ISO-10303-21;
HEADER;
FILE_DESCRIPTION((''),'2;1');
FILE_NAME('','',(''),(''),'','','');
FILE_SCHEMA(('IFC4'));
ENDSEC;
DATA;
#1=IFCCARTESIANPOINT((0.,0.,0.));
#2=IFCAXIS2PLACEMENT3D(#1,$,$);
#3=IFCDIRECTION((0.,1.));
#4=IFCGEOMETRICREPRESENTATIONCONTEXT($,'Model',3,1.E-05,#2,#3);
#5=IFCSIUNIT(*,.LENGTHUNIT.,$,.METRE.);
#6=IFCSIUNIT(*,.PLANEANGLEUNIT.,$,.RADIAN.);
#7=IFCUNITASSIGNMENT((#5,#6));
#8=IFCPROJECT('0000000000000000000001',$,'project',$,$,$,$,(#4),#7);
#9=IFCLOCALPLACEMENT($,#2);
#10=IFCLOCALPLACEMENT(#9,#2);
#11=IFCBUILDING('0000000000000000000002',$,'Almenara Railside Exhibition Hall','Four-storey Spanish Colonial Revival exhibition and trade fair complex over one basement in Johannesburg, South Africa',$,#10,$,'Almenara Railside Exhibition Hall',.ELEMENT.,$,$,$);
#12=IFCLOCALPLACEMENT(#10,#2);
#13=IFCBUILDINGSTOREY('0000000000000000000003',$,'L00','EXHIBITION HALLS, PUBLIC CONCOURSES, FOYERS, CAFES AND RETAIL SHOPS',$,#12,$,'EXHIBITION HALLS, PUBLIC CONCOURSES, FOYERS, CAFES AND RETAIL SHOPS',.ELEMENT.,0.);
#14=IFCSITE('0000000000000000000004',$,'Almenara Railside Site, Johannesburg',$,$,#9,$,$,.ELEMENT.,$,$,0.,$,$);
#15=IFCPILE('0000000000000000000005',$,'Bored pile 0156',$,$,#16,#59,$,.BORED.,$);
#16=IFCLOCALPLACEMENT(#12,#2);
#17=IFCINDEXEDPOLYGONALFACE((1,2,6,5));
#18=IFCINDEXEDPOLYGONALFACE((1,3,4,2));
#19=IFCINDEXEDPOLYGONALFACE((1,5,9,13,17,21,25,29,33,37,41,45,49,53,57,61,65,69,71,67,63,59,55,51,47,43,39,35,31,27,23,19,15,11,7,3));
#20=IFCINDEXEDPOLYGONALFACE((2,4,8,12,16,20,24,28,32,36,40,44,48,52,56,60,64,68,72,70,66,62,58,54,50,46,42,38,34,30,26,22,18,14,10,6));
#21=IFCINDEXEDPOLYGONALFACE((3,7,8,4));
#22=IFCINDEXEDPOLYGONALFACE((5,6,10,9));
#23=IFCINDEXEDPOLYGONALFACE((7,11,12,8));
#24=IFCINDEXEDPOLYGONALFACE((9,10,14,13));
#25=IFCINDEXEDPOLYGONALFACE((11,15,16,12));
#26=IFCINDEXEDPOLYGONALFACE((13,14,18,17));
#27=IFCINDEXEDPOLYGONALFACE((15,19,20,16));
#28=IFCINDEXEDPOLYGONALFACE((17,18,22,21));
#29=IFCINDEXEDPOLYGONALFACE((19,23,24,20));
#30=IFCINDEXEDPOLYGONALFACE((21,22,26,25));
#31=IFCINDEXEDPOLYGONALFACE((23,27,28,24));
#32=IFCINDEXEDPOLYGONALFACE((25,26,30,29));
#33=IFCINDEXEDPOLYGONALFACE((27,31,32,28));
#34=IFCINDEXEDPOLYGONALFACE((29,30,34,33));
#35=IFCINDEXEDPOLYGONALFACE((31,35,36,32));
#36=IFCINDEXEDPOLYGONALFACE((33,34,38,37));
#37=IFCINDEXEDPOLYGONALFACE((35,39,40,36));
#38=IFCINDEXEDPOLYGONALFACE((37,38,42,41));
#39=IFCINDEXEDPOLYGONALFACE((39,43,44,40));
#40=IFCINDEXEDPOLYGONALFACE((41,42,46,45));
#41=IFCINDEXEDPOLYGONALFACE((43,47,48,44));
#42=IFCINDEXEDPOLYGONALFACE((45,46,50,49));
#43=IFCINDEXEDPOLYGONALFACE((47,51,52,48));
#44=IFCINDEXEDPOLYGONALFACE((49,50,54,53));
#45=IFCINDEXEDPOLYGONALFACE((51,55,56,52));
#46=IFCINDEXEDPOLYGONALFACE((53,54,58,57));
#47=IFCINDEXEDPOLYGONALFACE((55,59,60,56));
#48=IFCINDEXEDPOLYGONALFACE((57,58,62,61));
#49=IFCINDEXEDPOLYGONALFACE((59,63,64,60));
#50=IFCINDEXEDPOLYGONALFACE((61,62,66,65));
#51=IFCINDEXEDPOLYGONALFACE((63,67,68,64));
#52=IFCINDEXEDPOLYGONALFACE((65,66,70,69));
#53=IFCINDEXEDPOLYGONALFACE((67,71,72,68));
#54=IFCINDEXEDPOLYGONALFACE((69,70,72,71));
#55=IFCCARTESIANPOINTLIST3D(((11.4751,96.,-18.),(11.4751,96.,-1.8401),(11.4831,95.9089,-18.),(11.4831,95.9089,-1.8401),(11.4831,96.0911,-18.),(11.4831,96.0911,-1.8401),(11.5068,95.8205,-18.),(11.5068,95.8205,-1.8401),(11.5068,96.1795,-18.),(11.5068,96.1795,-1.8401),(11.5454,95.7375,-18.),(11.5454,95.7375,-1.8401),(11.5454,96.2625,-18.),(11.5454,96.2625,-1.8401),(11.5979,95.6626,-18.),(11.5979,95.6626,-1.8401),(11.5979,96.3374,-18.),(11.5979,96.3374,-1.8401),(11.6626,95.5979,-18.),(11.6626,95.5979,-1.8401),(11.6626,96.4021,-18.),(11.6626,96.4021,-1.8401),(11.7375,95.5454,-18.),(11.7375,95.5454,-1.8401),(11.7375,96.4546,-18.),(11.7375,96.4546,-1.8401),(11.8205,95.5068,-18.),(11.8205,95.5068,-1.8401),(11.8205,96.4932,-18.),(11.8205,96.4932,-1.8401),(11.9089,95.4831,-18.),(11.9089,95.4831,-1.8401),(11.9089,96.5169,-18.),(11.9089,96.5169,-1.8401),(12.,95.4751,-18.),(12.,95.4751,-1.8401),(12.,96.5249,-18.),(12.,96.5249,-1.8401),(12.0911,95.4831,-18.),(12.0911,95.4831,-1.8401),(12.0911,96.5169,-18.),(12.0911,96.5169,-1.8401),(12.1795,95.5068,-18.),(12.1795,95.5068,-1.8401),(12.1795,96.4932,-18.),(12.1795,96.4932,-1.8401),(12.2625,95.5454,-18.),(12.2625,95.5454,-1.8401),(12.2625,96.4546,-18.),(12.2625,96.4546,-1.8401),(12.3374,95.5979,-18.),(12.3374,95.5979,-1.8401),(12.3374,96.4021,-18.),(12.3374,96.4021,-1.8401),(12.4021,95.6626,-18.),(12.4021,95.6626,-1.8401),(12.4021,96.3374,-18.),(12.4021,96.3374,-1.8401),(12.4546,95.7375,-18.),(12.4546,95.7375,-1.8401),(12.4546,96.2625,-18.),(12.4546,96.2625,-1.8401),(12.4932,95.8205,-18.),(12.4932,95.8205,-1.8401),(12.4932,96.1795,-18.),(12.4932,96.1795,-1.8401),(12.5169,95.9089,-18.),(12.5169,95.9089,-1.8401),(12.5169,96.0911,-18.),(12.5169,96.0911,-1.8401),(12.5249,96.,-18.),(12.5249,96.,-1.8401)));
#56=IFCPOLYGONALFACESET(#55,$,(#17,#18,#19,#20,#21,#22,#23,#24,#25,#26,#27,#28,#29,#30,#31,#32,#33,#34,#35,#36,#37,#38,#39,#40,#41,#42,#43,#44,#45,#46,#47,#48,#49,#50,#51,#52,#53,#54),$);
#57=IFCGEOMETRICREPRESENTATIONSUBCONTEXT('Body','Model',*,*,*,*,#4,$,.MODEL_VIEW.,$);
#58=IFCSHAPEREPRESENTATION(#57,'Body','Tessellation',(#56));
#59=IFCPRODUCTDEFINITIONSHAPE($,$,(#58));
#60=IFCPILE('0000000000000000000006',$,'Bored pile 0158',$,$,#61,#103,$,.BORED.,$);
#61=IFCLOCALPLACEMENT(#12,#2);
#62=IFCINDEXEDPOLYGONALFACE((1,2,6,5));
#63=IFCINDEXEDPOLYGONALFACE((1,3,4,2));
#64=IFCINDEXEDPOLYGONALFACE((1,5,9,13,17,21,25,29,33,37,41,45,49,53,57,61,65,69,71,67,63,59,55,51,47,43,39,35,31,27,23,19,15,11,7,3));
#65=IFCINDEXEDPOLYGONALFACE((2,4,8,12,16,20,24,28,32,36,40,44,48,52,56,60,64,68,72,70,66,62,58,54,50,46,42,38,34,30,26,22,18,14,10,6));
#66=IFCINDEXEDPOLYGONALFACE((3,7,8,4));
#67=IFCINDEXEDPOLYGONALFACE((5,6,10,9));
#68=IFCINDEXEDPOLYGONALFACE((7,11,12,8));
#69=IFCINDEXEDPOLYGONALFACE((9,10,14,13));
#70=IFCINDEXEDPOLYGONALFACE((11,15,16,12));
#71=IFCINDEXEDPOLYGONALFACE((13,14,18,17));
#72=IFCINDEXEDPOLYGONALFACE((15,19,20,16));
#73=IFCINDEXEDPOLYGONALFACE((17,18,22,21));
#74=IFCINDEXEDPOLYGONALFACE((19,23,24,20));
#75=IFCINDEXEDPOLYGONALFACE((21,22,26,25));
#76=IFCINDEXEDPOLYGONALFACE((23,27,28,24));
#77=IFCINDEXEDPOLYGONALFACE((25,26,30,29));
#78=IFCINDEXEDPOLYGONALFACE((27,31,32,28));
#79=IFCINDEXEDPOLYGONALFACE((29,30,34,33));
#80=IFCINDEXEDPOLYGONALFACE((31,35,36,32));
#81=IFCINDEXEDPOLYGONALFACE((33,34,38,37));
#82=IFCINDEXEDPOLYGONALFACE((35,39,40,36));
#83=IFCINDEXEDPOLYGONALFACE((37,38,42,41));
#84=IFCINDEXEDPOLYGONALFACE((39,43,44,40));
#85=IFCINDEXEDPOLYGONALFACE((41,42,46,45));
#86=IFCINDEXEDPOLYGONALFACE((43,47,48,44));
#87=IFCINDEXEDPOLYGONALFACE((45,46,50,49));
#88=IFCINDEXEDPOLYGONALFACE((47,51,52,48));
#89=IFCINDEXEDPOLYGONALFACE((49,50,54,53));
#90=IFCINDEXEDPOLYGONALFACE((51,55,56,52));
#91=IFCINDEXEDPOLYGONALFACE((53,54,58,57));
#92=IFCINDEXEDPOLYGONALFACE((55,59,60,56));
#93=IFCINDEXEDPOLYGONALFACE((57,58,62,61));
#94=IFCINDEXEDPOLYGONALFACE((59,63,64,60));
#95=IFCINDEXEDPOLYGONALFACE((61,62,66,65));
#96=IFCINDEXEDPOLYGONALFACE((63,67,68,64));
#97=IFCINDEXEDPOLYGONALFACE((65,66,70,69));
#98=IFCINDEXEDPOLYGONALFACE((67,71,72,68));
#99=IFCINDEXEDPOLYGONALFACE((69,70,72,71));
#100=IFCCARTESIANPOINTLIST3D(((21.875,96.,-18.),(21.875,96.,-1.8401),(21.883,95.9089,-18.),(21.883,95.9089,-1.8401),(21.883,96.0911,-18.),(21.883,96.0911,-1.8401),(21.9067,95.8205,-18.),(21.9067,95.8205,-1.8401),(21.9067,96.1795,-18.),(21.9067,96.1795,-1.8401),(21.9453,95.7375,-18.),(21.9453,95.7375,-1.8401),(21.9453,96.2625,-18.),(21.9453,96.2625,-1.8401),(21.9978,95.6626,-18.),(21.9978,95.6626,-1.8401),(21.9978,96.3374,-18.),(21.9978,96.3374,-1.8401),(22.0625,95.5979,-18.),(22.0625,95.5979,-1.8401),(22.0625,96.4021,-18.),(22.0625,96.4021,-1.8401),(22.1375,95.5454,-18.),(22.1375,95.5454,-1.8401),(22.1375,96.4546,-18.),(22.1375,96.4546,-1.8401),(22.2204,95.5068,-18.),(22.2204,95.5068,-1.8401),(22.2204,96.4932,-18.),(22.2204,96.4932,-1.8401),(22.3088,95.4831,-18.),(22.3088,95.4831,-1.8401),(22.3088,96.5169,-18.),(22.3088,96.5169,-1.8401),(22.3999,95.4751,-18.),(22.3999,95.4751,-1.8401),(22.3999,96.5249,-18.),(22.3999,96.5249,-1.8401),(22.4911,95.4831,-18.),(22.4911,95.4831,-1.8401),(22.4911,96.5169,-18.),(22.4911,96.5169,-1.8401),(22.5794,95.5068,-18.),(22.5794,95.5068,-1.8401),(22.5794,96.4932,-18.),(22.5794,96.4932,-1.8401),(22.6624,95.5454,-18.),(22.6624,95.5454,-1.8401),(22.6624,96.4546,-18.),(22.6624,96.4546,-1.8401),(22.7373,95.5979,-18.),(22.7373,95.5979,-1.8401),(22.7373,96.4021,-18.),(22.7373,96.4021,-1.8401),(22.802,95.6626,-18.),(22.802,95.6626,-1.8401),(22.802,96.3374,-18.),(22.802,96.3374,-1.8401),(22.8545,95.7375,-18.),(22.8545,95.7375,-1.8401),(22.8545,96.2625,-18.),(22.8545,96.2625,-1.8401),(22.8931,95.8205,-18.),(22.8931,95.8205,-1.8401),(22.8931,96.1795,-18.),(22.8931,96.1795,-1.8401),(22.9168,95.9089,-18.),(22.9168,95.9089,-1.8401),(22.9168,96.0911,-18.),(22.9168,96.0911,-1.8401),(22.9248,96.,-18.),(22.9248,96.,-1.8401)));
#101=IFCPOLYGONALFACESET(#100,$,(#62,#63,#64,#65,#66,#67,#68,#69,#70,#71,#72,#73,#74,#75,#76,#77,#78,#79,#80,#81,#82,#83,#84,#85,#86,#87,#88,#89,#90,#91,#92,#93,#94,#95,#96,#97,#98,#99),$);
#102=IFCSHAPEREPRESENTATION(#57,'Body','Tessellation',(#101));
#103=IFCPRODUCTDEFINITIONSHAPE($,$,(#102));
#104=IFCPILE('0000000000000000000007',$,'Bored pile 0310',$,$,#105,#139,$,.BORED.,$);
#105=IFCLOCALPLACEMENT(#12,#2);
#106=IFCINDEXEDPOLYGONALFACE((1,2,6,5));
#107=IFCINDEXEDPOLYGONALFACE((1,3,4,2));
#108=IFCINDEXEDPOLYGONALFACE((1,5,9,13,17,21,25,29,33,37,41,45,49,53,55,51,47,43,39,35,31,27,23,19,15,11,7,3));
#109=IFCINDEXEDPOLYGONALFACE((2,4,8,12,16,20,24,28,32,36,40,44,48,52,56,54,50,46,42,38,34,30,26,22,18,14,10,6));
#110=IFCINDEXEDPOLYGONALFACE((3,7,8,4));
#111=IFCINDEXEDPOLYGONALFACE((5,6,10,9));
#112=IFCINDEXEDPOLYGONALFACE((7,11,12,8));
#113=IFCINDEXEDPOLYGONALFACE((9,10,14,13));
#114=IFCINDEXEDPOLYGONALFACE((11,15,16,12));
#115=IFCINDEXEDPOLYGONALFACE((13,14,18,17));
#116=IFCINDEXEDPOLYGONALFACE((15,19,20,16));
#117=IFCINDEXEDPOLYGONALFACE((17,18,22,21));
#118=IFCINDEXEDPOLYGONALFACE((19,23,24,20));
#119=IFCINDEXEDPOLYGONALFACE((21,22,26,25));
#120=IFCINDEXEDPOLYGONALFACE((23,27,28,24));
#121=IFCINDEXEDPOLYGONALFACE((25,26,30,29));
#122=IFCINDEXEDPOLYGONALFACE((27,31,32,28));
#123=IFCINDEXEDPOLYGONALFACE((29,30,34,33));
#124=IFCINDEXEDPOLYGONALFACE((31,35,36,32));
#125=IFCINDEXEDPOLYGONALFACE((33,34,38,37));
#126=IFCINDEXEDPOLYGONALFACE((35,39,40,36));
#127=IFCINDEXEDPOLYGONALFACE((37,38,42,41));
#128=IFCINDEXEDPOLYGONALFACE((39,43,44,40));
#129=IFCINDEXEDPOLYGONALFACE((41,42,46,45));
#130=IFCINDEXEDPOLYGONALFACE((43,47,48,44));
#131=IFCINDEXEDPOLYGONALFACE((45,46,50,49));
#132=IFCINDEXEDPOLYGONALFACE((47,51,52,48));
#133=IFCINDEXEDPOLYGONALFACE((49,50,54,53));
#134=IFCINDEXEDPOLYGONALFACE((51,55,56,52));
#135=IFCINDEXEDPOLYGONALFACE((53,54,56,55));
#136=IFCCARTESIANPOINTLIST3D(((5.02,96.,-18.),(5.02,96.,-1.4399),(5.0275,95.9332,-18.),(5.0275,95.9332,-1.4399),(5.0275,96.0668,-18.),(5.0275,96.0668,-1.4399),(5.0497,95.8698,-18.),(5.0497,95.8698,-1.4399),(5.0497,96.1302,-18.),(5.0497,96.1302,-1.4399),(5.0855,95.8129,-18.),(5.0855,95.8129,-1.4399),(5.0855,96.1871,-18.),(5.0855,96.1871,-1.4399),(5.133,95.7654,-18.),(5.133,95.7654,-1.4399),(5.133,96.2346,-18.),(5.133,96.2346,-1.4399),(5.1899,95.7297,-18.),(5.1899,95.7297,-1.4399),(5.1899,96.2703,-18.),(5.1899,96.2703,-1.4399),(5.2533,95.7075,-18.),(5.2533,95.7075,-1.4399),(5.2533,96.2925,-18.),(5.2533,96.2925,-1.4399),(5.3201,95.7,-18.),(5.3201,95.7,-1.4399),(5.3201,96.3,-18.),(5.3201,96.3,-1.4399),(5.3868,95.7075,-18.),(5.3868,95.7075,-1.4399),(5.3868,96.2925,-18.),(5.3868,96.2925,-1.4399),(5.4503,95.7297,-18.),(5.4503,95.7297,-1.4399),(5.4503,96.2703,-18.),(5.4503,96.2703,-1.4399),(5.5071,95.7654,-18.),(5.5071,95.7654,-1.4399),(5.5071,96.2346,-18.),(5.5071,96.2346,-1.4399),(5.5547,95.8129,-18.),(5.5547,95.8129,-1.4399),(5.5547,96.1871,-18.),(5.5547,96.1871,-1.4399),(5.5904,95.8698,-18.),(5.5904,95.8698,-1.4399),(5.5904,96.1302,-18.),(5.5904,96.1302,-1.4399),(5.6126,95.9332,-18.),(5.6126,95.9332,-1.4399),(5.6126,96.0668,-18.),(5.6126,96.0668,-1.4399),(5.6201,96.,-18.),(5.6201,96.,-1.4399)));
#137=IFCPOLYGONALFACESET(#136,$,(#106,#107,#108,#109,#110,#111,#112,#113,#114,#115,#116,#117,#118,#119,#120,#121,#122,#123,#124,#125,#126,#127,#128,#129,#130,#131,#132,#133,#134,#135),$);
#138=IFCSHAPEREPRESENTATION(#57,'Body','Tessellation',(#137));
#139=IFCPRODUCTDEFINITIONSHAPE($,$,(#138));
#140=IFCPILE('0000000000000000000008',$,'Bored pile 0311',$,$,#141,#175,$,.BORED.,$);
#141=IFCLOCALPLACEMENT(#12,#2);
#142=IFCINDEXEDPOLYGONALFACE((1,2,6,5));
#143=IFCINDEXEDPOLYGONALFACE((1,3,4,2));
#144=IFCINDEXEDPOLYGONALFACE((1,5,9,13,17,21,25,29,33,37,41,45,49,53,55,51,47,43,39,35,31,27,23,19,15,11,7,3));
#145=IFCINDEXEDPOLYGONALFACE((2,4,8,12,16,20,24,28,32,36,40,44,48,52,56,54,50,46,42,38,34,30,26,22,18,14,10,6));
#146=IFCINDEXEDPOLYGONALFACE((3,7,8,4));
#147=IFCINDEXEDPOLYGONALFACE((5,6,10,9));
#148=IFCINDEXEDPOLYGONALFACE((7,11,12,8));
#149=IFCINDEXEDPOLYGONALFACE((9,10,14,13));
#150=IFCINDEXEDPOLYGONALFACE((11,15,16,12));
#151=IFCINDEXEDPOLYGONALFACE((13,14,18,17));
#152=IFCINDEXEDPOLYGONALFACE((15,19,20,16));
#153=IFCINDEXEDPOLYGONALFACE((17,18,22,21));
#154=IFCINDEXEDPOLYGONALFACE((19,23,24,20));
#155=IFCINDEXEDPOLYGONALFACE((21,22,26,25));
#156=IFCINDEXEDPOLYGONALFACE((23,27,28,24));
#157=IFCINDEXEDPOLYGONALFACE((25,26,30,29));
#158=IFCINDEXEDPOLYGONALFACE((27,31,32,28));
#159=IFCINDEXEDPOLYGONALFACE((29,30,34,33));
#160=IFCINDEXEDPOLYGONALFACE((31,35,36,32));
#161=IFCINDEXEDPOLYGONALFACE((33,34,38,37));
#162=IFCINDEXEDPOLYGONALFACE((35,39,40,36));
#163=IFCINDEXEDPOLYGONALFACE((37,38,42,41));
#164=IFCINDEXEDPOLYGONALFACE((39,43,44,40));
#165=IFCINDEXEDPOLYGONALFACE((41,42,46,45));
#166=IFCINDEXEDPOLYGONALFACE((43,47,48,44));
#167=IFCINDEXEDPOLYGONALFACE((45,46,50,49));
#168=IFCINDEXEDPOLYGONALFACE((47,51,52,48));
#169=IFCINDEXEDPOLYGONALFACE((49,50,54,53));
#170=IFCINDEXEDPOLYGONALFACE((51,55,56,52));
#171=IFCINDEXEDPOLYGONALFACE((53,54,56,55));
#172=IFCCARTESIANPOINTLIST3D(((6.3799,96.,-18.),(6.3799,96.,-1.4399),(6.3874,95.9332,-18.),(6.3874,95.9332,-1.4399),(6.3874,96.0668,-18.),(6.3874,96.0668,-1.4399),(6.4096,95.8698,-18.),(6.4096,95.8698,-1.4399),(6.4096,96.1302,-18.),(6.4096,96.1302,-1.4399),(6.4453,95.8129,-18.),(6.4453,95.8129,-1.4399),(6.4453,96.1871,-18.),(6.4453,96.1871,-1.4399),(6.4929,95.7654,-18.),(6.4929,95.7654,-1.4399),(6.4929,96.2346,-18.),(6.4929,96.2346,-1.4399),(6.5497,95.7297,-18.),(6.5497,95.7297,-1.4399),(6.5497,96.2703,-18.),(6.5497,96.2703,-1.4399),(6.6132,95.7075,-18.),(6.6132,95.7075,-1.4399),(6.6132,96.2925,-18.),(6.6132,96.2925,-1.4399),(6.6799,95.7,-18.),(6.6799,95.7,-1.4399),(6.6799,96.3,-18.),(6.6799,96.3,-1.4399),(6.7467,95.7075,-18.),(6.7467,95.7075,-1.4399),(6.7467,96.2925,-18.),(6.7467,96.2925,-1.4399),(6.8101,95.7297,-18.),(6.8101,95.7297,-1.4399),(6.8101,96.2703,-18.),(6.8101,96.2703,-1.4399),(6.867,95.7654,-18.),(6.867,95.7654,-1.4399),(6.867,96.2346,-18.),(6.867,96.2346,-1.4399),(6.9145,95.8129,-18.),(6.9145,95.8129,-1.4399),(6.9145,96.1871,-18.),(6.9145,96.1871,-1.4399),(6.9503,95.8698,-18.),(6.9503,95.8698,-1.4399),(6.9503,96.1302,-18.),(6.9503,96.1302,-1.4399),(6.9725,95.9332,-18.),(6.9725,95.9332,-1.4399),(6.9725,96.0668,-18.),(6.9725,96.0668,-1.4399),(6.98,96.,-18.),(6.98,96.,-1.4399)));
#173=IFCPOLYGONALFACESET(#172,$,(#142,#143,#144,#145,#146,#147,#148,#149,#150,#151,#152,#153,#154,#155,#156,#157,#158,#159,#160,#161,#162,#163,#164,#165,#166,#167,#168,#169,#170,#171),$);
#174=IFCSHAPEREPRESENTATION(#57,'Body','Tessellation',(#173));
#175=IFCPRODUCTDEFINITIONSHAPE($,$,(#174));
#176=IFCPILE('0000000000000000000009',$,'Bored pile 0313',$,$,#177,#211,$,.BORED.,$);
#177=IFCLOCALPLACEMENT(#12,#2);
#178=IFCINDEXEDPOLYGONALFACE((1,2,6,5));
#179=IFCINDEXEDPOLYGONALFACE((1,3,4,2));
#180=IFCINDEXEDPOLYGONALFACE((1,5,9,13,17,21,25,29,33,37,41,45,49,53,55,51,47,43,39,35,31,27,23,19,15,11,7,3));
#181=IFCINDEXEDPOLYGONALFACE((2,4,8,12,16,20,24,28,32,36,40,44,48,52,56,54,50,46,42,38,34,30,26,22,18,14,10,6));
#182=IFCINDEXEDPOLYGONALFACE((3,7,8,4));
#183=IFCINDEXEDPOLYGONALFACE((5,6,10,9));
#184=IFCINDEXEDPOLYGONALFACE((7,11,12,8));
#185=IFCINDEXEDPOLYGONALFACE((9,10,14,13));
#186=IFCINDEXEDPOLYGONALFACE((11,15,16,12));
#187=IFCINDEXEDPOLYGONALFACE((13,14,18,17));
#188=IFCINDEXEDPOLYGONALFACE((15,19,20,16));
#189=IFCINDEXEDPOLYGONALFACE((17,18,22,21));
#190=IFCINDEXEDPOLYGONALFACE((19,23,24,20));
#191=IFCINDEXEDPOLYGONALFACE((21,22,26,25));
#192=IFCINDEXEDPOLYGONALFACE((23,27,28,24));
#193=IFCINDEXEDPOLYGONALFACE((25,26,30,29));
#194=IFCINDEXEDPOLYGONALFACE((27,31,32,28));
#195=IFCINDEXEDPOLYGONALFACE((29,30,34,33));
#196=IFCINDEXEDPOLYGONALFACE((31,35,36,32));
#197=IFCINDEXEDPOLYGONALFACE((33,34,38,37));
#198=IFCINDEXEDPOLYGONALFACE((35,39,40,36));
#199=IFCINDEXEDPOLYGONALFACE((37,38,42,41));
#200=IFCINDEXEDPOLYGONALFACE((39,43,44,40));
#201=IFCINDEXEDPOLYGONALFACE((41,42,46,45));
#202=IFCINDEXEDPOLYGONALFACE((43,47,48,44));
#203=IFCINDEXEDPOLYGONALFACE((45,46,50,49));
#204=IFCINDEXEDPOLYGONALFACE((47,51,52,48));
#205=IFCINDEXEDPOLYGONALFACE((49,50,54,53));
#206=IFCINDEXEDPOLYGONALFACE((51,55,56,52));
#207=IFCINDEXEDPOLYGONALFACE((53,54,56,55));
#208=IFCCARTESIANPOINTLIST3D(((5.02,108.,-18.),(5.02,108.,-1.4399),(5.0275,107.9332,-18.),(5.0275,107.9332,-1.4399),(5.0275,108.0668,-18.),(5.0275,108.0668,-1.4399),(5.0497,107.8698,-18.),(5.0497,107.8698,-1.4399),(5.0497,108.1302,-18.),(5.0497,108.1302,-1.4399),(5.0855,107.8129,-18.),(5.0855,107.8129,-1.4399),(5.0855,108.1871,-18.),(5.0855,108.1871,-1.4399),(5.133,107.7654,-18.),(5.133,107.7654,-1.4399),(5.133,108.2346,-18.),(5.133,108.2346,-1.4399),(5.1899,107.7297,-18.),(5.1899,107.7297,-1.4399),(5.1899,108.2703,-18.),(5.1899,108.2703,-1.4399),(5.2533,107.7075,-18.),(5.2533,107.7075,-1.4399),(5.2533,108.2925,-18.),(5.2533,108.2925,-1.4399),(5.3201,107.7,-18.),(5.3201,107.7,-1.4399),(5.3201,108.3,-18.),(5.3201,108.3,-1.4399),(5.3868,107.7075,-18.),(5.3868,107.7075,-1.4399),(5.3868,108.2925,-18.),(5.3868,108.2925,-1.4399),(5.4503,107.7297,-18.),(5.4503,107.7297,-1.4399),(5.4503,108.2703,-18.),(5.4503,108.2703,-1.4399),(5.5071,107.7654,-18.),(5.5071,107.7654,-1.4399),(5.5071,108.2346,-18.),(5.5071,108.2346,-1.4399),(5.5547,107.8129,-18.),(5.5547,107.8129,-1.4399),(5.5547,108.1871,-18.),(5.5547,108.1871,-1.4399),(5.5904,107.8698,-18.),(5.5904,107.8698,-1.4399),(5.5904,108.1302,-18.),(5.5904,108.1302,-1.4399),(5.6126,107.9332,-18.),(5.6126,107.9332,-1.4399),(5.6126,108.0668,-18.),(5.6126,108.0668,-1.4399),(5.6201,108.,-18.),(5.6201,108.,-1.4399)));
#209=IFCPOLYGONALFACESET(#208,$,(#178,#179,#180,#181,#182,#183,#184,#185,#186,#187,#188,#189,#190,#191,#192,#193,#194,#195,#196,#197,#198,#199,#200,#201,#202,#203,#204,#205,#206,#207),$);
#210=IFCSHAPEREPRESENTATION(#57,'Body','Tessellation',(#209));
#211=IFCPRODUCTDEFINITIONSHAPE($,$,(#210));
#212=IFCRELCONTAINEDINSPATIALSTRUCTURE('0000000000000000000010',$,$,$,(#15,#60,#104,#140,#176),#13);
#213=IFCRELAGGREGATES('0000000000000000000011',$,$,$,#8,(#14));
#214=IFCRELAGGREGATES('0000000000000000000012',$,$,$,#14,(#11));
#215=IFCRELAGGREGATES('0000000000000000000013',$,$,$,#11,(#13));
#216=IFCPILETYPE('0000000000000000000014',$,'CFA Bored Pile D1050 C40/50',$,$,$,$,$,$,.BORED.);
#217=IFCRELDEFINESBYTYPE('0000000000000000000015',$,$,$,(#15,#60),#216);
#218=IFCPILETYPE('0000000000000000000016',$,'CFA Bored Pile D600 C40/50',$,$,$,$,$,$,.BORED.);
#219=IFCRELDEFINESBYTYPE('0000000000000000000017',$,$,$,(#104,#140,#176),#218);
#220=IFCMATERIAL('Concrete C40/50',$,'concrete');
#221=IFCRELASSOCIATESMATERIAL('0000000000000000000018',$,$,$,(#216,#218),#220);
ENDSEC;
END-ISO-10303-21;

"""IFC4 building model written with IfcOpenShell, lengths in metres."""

from ifc_helpers import new_model, si_unit, direction, frame, origin, origin_2d, place, context, subcontext, project, spatial, circle, extrude, material, material_profile, profile_set, type_object, element, save


model = new_model("IFC4")

# Units and contexts
model_context = context("Model", 3, precision=1e-05, world=origin(), true_north=direction((0.0, 1.0)))
body_context = subcontext(model_context, "Body", "Model", "MODEL_VIEW")
ifc_project = project(units=[si_unit("LENGTHUNIT", "METRE"), si_unit("PLANEANGLEUNIT", "RADIAN")], contexts=[model_context])

# Site, building, storey
site_placement = place(None, origin())
site = spatial("IfcSite", under=ifc_project, at=site_placement, Name="Almenara Railside Site, Johannesburg", CompositionType="ELEMENT", RefElevation=0.0)
building_placement = place(site_placement, origin())
building = spatial("IfcBuilding", under=site, at=building_placement, Name="Almenara Railside Exhibition Hall", Description="Four-storey Spanish Colonial Revival exhibition and trade fair complex over one basement in Johannesburg, South Africa", LongName="Almenara Railside Exhibition Hall", CompositionType="ELEMENT")
storey_placement = place(building_placement, origin())
storey = spatial("IfcBuildingStorey", under=building, at=storey_placement, Name="L00", Description="EXHIBITION HALLS, PUBLIC CONCOURSES, FOYERS, CAFES AND RETAIL SHOPS", LongName="EXHIBITION HALLS, PUBLIC CONCOURSES, FOYERS, CAFES AND RETAIL SHOPS", CompositionType="ELEMENT", Elevation=0.0)

# Piles
ifc_material_1 = material(Name="Concrete C40/50", Category="concrete")
ifc_material_profile_1 = material_profile(ifc_material_1, circle(Radius=0.5249, at=origin_2d()), Name="CFA-PILE D1050")
ifc_profile_set_1 = profile_set([ifc_material_profile_1], Name="Concrete C40/50")
pile_type_1 = type_object("IfcPileType", Name="CFA Bored Pile D1050 C40/50", PredefinedType="BORED", material=ifc_profile_set_1)
for number, where, z_axis, x_axis, name in (
    (1, (12.0, 96.0, -1.8401), (0.0, 0.0, -1.0), (1.0, 0.0, 0.0), "Bored pile 0156"),
    (2, (22.3999, 96.0, -1.8401), (0.0, 0.0, -1.0), (1.0, 0.0, 0.0), "Bored pile 0158"),
):
    element("IfcPile", number, at=place(storey_placement, frame(where, z_axis=z_axis, x_axis=x_axis)), inside=storey, type_object=pile_type_1, Name=name, PredefinedType="BORED", context=body_context, shape_type="SweptSolid", body=[
        extrude(circle(Radius=0.5249, at=origin_2d()), origin(), (0.0, 0.0, 1.0), 16.1599),
    ])
ifc_material_profile_2 = material_profile(ifc_material_1, circle(Radius=0.3, at=origin_2d()), Name="CFA-PILE D600")
ifc_profile_set_2 = profile_set([ifc_material_profile_2], Name="Concrete C40/50")
pile_type_2 = type_object("IfcPileType", Name="CFA Bored Pile D600 C40/50", PredefinedType="BORED", material=ifc_profile_set_2)
for number, where, z_axis, x_axis, name in (
    (3, (5.3201, 96.0, -1.4399), (0.0, 0.0, -1.0), (1.0, 0.0, 0.0), "Bored pile 0310"),
    (4, (6.6799, 96.0, -1.4399), (0.0, 0.0, -1.0), (1.0, 0.0, 0.0), "Bored pile 0311"),
    (5, (5.3201, 108.0, -1.4399), (0.0, 0.0, -1.0), (1.0, 0.0, 0.0), "Bored pile 0313"),
):
    element("IfcPile", number, at=place(storey_placement, frame(where, z_axis=z_axis, x_axis=x_axis)), inside=storey, type_object=pile_type_2, Name=name, PredefinedType="BORED", context=body_context, shape_type="SweptSolid", body=[
        extrude(circle(Radius=0.3, at=origin_2d()), origin(), (0.0, 0.0, 1.0), 16.5601),
    ])

save(model, "model.ifc")
